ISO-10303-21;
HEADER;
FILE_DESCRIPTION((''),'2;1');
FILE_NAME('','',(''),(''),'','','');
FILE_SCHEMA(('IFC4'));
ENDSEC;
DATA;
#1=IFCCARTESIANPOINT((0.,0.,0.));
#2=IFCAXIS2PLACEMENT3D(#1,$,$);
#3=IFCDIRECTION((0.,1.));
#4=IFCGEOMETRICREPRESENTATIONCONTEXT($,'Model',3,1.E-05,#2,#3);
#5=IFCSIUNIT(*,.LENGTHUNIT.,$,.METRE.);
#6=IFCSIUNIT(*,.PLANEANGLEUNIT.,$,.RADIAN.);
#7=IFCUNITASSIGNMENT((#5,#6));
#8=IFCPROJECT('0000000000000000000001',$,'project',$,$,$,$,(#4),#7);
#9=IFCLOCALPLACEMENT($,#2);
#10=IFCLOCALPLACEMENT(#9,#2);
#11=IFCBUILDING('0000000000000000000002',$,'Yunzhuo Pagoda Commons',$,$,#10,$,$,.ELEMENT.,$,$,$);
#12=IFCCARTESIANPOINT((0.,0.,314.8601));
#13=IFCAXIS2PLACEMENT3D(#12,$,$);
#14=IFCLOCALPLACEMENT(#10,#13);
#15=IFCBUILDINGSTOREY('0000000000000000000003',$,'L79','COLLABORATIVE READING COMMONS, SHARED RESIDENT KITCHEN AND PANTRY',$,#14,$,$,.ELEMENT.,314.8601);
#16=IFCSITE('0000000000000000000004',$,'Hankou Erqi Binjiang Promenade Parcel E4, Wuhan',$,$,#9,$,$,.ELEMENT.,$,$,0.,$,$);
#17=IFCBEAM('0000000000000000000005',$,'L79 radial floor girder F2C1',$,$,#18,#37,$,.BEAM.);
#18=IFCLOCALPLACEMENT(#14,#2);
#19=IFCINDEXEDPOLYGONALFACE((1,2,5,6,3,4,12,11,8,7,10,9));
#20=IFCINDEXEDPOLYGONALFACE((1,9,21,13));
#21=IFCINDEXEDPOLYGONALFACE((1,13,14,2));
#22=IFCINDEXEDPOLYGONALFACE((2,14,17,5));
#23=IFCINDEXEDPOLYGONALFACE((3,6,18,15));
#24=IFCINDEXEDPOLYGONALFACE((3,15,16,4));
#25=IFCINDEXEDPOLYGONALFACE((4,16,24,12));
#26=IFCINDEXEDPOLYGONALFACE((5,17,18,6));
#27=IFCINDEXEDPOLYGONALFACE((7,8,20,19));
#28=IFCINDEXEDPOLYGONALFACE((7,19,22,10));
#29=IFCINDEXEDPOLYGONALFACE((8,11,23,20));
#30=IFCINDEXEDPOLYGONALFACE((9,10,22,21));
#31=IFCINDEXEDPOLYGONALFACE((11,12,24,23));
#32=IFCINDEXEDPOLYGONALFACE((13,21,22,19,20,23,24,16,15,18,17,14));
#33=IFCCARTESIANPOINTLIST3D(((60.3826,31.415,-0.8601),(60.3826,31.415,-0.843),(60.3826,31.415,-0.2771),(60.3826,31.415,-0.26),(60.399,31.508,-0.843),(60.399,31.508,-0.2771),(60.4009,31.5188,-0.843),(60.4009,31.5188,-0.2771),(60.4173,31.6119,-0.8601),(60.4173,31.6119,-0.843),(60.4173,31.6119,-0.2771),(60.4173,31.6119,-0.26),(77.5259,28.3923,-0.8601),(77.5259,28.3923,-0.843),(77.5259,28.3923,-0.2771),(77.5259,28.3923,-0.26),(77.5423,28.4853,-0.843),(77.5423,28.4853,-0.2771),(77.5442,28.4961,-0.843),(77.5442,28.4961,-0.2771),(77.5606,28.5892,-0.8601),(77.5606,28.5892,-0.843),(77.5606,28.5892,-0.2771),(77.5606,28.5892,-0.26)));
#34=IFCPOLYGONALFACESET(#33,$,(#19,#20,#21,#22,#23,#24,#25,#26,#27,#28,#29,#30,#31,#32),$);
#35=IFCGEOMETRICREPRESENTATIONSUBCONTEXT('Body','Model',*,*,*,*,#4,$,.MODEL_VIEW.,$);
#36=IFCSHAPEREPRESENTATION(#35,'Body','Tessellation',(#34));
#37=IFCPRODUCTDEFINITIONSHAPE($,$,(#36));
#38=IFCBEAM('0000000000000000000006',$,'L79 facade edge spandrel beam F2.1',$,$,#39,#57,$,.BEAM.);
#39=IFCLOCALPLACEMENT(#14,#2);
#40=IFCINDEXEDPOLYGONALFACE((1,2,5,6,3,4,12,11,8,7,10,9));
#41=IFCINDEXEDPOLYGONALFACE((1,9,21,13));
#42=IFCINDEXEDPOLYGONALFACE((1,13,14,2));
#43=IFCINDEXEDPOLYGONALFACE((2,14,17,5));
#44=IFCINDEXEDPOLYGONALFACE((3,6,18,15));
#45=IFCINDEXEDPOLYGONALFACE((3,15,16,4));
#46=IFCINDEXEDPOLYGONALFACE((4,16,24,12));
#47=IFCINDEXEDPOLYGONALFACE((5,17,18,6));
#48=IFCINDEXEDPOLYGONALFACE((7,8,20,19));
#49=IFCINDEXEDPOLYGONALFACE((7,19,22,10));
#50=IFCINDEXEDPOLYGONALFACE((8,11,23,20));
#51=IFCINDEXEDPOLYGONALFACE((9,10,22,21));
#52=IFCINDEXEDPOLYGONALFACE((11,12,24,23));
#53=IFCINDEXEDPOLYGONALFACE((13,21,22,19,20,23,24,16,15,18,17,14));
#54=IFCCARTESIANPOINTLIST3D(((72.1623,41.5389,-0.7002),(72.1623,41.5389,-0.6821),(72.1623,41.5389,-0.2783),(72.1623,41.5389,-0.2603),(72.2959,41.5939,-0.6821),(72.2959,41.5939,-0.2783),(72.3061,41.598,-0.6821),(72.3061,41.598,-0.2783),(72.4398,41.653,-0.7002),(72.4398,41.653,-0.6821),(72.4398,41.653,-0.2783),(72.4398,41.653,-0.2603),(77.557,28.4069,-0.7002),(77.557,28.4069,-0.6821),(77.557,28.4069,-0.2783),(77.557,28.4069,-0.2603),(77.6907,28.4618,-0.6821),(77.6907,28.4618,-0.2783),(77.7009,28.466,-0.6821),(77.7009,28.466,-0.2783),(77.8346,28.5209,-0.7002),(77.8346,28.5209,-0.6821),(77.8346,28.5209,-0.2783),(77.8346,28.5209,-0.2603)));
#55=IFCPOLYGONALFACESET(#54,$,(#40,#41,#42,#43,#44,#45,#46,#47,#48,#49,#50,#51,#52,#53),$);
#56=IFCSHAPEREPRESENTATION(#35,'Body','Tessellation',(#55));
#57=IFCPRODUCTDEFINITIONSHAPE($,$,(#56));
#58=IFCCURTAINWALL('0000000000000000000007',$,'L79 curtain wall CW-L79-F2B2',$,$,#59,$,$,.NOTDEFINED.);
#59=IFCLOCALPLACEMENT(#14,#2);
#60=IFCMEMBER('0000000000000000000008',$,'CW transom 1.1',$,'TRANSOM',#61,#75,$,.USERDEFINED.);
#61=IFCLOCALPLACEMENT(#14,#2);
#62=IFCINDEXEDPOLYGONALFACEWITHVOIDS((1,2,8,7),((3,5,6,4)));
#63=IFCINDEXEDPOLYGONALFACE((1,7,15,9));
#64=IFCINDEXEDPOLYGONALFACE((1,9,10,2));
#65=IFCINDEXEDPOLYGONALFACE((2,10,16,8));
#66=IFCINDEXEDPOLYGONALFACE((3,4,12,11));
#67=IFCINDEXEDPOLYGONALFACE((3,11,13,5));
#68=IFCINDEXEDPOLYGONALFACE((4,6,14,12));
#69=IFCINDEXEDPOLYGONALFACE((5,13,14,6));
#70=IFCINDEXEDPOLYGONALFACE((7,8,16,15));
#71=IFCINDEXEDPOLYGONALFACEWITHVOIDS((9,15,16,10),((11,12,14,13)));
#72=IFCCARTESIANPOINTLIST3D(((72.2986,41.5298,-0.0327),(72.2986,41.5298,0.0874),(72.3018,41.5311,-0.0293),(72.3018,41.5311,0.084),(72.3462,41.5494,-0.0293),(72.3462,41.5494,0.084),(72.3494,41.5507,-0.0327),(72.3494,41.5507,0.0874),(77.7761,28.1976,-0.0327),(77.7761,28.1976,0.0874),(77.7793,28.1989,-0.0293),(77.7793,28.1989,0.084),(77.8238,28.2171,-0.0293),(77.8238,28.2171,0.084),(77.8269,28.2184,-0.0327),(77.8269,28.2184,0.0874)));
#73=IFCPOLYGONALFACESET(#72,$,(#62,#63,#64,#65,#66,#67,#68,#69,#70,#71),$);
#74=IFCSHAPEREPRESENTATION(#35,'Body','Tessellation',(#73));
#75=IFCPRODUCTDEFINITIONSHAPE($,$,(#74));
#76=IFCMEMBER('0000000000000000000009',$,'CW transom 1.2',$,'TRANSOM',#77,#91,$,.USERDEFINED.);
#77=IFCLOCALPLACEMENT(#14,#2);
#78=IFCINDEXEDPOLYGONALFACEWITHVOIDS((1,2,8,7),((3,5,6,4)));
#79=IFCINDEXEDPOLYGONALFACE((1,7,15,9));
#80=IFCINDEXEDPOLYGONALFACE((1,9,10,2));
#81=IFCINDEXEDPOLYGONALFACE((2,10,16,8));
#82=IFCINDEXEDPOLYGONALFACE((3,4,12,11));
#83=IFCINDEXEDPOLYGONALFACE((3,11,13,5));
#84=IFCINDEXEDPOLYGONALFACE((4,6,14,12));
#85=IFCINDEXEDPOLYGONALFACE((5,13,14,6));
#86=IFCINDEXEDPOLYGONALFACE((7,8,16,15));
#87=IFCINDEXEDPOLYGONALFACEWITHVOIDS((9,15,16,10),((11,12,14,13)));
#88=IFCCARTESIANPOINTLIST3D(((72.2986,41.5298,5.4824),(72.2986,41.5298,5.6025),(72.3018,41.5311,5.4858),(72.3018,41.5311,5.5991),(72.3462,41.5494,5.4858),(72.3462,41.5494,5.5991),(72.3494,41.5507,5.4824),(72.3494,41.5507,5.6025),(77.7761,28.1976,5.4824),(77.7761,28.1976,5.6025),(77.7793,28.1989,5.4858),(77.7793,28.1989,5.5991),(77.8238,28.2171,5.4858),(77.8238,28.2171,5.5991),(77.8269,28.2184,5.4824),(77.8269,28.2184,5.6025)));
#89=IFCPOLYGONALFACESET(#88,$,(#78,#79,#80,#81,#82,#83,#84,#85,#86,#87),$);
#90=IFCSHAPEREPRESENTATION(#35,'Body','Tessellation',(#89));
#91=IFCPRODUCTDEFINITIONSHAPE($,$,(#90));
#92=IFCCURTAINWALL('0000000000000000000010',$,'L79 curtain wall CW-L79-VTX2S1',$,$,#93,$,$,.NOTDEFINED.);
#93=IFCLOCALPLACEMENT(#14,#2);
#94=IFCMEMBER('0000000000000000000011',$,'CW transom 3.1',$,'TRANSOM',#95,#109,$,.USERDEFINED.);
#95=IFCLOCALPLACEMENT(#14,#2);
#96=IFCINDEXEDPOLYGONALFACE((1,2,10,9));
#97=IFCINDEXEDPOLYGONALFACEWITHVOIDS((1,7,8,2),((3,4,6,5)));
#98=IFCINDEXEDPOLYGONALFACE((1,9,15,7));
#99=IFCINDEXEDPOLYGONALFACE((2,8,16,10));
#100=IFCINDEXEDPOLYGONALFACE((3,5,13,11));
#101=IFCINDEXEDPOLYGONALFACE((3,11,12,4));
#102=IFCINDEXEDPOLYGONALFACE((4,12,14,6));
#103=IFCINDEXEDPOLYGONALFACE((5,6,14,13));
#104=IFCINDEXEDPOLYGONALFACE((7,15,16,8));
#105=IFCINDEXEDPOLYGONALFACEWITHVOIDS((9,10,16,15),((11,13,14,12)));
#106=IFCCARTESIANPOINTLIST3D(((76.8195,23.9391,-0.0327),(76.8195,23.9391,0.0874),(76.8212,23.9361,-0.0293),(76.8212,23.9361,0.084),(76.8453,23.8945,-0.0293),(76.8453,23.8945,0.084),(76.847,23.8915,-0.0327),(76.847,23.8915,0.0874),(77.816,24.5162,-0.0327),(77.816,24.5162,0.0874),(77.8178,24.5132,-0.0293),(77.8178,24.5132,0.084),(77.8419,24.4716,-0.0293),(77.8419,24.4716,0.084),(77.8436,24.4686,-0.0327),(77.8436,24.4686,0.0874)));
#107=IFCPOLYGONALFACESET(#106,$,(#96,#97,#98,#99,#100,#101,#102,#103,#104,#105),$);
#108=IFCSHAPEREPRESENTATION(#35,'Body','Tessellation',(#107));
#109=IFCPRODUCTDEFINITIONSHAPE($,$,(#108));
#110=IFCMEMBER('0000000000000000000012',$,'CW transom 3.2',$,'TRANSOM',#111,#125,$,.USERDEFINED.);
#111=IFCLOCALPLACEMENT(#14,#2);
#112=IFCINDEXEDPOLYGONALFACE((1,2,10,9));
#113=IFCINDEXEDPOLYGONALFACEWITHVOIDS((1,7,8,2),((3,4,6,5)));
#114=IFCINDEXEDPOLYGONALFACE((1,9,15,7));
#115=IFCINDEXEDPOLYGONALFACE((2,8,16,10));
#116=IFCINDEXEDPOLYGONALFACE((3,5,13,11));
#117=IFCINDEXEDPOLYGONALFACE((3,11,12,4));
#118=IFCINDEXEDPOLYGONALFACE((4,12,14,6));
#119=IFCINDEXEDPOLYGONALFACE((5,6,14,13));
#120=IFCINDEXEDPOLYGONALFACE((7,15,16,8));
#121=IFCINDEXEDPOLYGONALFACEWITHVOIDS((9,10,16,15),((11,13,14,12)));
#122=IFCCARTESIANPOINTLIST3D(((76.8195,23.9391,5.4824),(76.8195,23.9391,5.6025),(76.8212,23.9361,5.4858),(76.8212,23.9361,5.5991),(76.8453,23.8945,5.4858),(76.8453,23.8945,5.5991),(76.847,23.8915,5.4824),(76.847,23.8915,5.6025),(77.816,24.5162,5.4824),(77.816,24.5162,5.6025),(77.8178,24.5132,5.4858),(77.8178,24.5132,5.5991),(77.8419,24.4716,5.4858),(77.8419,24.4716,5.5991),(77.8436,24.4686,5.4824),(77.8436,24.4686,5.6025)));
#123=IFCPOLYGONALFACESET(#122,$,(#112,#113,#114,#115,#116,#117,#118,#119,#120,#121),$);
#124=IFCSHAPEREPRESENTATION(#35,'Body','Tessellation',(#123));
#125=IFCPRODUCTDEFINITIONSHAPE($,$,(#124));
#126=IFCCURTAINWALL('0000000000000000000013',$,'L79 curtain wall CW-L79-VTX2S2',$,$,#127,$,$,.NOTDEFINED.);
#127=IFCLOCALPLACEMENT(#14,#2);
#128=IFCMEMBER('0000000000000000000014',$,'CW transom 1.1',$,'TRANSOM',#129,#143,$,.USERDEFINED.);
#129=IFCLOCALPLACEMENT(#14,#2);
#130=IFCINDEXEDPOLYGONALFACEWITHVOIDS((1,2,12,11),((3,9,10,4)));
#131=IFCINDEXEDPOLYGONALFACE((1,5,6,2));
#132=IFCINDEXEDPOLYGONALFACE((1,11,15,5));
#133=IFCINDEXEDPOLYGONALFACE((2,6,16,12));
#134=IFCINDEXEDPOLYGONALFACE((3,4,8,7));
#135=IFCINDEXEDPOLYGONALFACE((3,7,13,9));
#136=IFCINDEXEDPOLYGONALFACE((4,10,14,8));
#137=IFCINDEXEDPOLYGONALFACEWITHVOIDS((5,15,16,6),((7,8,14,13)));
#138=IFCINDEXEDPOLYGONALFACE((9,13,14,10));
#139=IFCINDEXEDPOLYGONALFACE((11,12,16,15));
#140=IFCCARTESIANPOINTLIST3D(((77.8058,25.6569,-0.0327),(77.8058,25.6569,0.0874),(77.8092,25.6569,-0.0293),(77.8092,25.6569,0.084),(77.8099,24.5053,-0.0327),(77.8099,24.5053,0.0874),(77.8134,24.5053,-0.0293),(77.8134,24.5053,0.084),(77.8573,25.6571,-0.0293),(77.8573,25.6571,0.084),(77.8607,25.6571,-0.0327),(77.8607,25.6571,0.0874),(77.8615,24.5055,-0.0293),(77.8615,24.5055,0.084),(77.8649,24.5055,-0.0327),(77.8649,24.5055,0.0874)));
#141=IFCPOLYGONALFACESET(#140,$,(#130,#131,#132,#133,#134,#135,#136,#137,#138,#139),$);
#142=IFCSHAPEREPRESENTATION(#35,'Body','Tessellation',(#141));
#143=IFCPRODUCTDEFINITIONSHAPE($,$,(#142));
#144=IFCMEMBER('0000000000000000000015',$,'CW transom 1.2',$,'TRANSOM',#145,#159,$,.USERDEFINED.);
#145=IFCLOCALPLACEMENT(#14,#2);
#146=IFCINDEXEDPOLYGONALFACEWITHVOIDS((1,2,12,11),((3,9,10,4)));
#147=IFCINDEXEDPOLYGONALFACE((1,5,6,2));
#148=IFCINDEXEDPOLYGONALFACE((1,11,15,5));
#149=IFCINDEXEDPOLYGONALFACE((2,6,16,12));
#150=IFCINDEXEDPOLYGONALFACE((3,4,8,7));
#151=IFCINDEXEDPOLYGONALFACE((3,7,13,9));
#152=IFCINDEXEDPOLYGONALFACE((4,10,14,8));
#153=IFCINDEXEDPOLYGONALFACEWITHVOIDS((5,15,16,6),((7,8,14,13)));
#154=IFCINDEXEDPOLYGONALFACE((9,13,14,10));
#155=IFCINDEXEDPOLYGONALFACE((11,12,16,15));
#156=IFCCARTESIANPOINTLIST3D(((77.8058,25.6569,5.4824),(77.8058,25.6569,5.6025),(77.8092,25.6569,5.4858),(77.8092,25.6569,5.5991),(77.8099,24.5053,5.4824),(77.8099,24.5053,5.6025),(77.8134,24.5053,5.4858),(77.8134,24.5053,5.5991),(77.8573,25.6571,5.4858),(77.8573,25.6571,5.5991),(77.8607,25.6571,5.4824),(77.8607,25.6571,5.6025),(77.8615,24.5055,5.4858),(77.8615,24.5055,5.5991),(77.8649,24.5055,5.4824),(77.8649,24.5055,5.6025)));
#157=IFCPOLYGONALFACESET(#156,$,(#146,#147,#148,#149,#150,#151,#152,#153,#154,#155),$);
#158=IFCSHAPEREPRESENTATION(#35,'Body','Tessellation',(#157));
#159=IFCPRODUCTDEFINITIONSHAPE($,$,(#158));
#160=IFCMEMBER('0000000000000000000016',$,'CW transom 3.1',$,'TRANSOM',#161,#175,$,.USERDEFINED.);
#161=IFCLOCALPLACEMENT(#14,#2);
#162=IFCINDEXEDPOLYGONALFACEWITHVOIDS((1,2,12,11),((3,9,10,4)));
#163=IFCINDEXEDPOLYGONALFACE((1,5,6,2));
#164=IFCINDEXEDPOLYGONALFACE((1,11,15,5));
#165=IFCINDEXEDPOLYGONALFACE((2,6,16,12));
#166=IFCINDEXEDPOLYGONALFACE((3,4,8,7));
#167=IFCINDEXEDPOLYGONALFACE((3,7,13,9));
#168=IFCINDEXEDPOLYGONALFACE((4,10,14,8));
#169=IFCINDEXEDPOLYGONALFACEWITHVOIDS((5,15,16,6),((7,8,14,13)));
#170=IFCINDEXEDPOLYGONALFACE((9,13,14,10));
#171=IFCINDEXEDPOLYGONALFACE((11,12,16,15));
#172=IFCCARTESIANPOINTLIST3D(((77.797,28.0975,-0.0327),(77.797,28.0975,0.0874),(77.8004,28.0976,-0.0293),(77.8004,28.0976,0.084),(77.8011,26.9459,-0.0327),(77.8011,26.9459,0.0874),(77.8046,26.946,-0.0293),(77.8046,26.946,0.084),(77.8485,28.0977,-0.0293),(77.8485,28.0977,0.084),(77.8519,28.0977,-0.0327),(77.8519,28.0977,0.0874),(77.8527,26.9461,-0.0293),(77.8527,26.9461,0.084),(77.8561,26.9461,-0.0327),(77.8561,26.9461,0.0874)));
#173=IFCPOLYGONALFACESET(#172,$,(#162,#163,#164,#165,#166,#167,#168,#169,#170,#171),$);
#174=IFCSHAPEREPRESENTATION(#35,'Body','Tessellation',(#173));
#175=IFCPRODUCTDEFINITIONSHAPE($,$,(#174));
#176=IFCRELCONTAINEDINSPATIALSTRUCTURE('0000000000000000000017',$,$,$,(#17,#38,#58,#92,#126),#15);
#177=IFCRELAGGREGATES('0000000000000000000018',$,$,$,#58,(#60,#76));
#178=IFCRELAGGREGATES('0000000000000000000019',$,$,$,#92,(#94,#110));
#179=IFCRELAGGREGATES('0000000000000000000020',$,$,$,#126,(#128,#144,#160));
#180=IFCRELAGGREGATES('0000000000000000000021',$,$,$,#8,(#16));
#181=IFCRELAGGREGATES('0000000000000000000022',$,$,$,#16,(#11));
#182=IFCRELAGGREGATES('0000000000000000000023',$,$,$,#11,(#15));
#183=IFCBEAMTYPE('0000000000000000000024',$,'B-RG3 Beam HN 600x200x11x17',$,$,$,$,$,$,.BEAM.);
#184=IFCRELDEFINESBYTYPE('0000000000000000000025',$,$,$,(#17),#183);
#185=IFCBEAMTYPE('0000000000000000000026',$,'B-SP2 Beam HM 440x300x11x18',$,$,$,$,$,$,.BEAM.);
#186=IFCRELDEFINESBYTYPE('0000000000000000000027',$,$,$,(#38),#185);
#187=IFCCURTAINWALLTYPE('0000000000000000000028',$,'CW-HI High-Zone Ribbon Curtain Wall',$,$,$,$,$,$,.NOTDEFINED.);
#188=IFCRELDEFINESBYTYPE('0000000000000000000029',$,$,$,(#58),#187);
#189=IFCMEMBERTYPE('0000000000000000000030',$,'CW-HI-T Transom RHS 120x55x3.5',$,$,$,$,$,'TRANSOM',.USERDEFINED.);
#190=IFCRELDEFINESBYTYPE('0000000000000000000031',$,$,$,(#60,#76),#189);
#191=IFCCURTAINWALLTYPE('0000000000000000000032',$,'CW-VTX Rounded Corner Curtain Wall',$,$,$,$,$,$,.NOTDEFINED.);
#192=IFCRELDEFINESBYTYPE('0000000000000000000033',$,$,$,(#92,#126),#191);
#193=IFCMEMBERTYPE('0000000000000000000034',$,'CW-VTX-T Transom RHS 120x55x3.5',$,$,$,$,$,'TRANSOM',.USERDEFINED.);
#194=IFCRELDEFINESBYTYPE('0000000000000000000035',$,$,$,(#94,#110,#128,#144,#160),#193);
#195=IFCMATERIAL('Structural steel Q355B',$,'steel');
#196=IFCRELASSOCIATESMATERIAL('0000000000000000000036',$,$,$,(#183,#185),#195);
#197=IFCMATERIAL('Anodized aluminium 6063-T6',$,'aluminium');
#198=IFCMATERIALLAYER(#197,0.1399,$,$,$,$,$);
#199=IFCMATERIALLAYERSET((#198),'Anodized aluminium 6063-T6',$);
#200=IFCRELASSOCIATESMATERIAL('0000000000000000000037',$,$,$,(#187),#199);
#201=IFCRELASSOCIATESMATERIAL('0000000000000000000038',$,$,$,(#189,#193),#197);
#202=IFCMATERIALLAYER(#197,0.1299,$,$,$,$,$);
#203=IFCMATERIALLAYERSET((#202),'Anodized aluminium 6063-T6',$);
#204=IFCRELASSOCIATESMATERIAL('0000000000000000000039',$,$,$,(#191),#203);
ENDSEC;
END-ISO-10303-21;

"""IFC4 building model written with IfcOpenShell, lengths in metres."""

from ifc_helpers import new_model, si_unit, direction, frame, origin, origin_2d, place, context, subcontext, project, spatial, hollow_rectangle, i_section, extrude, source, transform, mapped, material, layer, layer_set, material_profile, profile_set, type_object, element, aggregate, save


model = new_model("IFC4")

# Units and contexts
model_context = context("Model", 3, precision=1e-05, world=origin(), true_north=direction((0.0, 1.0)))
body_context = subcontext(model_context, "Body", "Model", "MODEL_VIEW")
ifc_project = project(units=[si_unit("LENGTHUNIT", "METRE"), si_unit("PLANEANGLEUNIT", "RADIAN")], contexts=[model_context])

# Site, building, storey
site_placement = place(None, origin())
site = spatial("IfcSite", under=ifc_project, at=site_placement, Name="Hankou Erqi Binjiang Promenade Parcel E4, Wuhan", CompositionType="ELEMENT", RefElevation=0.0)
building_placement = place(site_placement, origin())
building = spatial("IfcBuilding", under=site, at=building_placement, Name="Yunzhuo Pagoda Commons", CompositionType="ELEMENT")
storey_placement = place(building_placement, frame((0.0, 0.0, 314.8601)))
storey = spatial("IfcBuildingStorey", under=building, at=storey_placement, Name="L79", Description="COLLABORATIVE READING COMMONS, SHARED RESIDENT KITCHEN AND PANTRY", CompositionType="ELEMENT", Elevation=314.8601)

# Beams
ifc_material_1 = material(Name="Structural steel Q355B", Category="steel")
ifc_material_profile_1 = material_profile(ifc_material_1, i_section(OverallWidth=0.2, OverallDepth=0.6001, WebThickness=0.011, FlangeThickness=0.0171, at=origin_2d()), Name="Structural steel Q355B")
ifc_profile_set_1 = profile_set([ifc_material_profile_1], Name="Structural steel Q355B")
beam_type_1 = type_object("IfcBeamType", Name="B-RG3 Beam HN 600x200x11x17", PredefinedType="BEAM", material=ifc_profile_set_1)
shared_shape_1 = source(origin(), body_context, "Body", "SweptSolid", [
    extrude(i_section(OverallWidth=0.2, OverallDepth=0.6001, WebThickness=0.011, FlangeThickness=0.0171, at=origin_2d()), origin(), (0.0, 0.0, 1.0), 17.4077),
])
beam_1_placement = place(storey_placement, frame((77.5432, 28.4907, -0.5601), z_axis=(-0.984809, 0.173641, 0.0), x_axis=(-0.173641, -0.984809, 0.0)))
element("IfcBeam", 1, at=beam_1_placement, inside=storey, type_object=beam_type_1, Name="L79 radial floor girder F2C1", PredefinedType="BEAM", context=body_context, shape_type="MappedRepresentation", body=[
    mapped(shared_shape_1, transform((0.0, 0.0, 0.0), scale=1.0)),
])
ifc_material_profile_2 = material_profile(ifc_material_1, i_section(OverallWidth=0.3, OverallDepth=0.4399, WebThickness=0.011, FlangeThickness=0.0181, at=origin_2d()), Name="Structural steel Q355B")
ifc_profile_set_2 = profile_set([ifc_material_profile_2], Name="Structural steel Q355B")
beam_type_2 = type_object("IfcBeamType", Name="B-SP2 Beam HM 440x300x11x18", PredefinedType="BEAM", material=ifc_profile_set_2)
shared_shape_2 = source(origin(), body_context, "Body", "SweptSolid", [
    extrude(i_section(OverallWidth=0.3, OverallDepth=0.4399, WebThickness=0.011, FlangeThickness=0.0181, at=origin_2d()), origin(), (0.0, 0.0, 1.0), 14.197),
])
beam_2_placement = place(storey_placement, frame((77.6958, 28.4639, -0.4802), z_axis=(-0.379994, 0.924989, 0.0), x_axis=(-0.924989, -0.379994, 0.0)))
element("IfcBeam", 2, at=beam_2_placement, inside=storey, type_object=beam_type_2, Name="L79 facade edge spandrel beam F2.1", PredefinedType="BEAM", context=body_context, shape_type="MappedRepresentation", body=[
    mapped(shared_shape_2, transform((0.0, 0.0, 0.0), scale=1.0)),
])

# Curtain walls, members
ifc_material_2 = material(Name="Anodized aluminium 6063-T6", Category="aluminium")
ifc_layer_1 = layer(ifc_material_2, 0.1399)
ifc_layer_set_1 = layer_set([ifc_layer_1], Name="Anodized aluminium 6063-T6")
curtain_wall_type_1 = type_object("IfcCurtainWallType", Name="CW-HI High-Zone Ribbon Curtain Wall", PredefinedType="NOTDEFINED", material=ifc_layer_set_1)
curtain_wall_1_placement = place(storey_placement, origin())
curtain_wall_1 = element("IfcCurtainWall", 3, at=curtain_wall_1_placement, inside=storey, type_object=curtain_wall_type_1, Name="L79 curtain wall CW-L79-F2B2", PredefinedType="NOTDEFINED")
ifc_material_profile_3 = material_profile(ifc_material_2, hollow_rectangle(XDim=0.0549, YDim=0.1201, WallThickness=0.0034, at=origin_2d()), Name="Anodized aluminium 6063-T6")
ifc_profile_set_3 = profile_set([ifc_material_profile_3], Name="Anodized aluminium 6063-T6")
member_type_1 = type_object("IfcMemberType", Name="CW-HI-T Transom RHS 120x55x3.5", ElementType="TRANSOM", PredefinedType="USERDEFINED", material=ifc_profile_set_3)
shared_shape_3 = source(origin(), body_context, "Body", "SweptSolid", [
    extrude(hollow_rectangle(XDim=0.0549, YDim=0.1201, WallThickness=0.0034, at=origin_2d()), origin(), (0.0, 0.0, 1.0), 14.4136),
])
member_1_placement = place(storey_placement, frame((77.8015, 28.208, 0.0273), z_axis=(-0.380025, 0.924976, 0.0), x_axis=(-0.924976, -0.380025, 0.0)))
member_1 = element("IfcMember", 4, at=member_1_placement, type_object=member_type_1, Name="CW transom 1.1", ObjectType="TRANSOM", PredefinedType="USERDEFINED", context=body_context, shape_type="MappedRepresentation", body=[
    mapped(shared_shape_3, transform((0.0, 0.0, 0.0), scale=1.0)),
])
member_2_placement = place(storey_placement, frame((77.8015, 28.208, 5.5425), z_axis=(-0.380025, 0.924976, 0.0), x_axis=(-0.924976, -0.380025, 0.0)))
member_2 = element("IfcMember", 5, at=member_2_placement, type_object=member_type_1, Name="CW transom 1.2", ObjectType="TRANSOM", PredefinedType="USERDEFINED", context=body_context, shape_type="MappedRepresentation", body=[
    mapped(shared_shape_3, transform((0.0, 0.0, 0.0), scale=1.0)),
])
ifc_layer_2 = layer(ifc_material_2, 0.1299)
ifc_layer_set_2 = layer_set([ifc_layer_2], Name="Anodized aluminium 6063-T6")
curtain_wall_type_2 = type_object("IfcCurtainWallType", Name="CW-VTX Rounded Corner Curtain Wall", PredefinedType="NOTDEFINED", material=ifc_layer_set_2)
curtain_wall_2_placement = place(storey_placement, origin())
curtain_wall_2 = element("IfcCurtainWall", 6, at=curtain_wall_2_placement, inside=storey, type_object=curtain_wall_type_2, Name="L79 curtain wall CW-L79-VTX2S1", PredefinedType="NOTDEFINED")
ifc_material_profile_4 = material_profile(ifc_material_2, hollow_rectangle(XDim=0.0549, YDim=0.1201, WallThickness=0.0034, at=origin_2d()), Name="Anodized aluminium 6063-T6")
ifc_profile_set_4 = profile_set([ifc_material_profile_4], Name="Anodized aluminium 6063-T6")
member_type_2 = type_object("IfcMemberType", Name="CW-VTX-T Transom RHS 120x55x3.5", ElementType="TRANSOM", PredefinedType="USERDEFINED", material=ifc_profile_set_4)
shared_shape_4 = source(origin(), body_context, "Body", "SweptSolid", [
    extrude(hollow_rectangle(XDim=0.0549, YDim=0.1201, WallThickness=0.0034, at=origin_2d()), origin(), (0.0, 0.0, 1.0), 1.1516),
])
member_3_placement = place(storey_placement, frame((76.8333, 23.9153, 0.0273), z_axis=(0.865359, 0.501153, 0.0), x_axis=(-0.501153, 0.865359, 0.0)))
member_3 = element("IfcMember", 7, at=member_3_placement, type_object=member_type_2, Name="CW transom 3.1", ObjectType="TRANSOM", PredefinedType="USERDEFINED", context=body_context, shape_type="MappedRepresentation", body=[
    mapped(shared_shape_4, transform((0.0, 0.0, 0.0), scale=1.0)),
])
member_4_placement = place(storey_placement, frame((76.8333, 23.9153, 5.5425), z_axis=(0.865359, 0.501153, 0.0), x_axis=(-0.501153, 0.865359, 0.0)))
member_4 = element("IfcMember", 8, at=member_4_placement, type_object=member_type_2, Name="CW transom 3.2", ObjectType="TRANSOM", PredefinedType="USERDEFINED", context=body_context, shape_type="MappedRepresentation", body=[
    mapped(shared_shape_4, transform((0.0, 0.0, 0.0), scale=1.0)),
])
curtain_wall_3_placement = place(storey_placement, origin())
curtain_wall_3 = element("IfcCurtainWall", 9, at=curtain_wall_3_placement, inside=storey, type_object=curtain_wall_type_2, Name="L79 curtain wall CW-L79-VTX2S2", PredefinedType="NOTDEFINED")
member_5_placement = place(storey_placement, frame((77.8374, 24.5054, 0.0273), z_axis=(-0.003604, 0.999994, 0.0), x_axis=(-0.999994, -0.003604, 0.0)))
member_5 = element("IfcMember", 10, at=member_5_placement, type_object=member_type_2, Name="CW transom 1.1", ObjectType="TRANSOM", PredefinedType="USERDEFINED", context=body_context, shape_type="MappedRepresentation", body=[
    mapped(shared_shape_4, transform((0.0, 0.0, 0.0), scale=1.0)),
])
member_6_placement = place(storey_placement, frame((77.8374, 24.5054, 5.5425), z_axis=(-0.003604, 0.999994, 0.0), x_axis=(-0.999994, -0.003604, 0.0)))
member_6 = element("IfcMember", 11, at=member_6_placement, type_object=member_type_2, Name="CW transom 1.2", ObjectType="TRANSOM", PredefinedType="USERDEFINED", context=body_context, shape_type="MappedRepresentation", body=[
    mapped(shared_shape_4, transform((0.0, 0.0, 0.0), scale=1.0)),
])
member_7_placement = place(storey_placement, frame((77.8286, 26.946, 0.0273), z_axis=(-0.003604, 0.999994, 0.0), x_axis=(-0.999994, -0.003604, 0.0)))
member_7 = element("IfcMember", 12, at=member_7_placement, type_object=member_type_2, Name="CW transom 3.1", ObjectType="TRANSOM", PredefinedType="USERDEFINED", context=body_context, shape_type="MappedRepresentation", body=[
    mapped(shared_shape_4, transform((0.0, 0.0, 0.0), scale=1.0)),
])

aggregate(curtain_wall_1, [member_1, member_2])
aggregate(curtain_wall_2, [member_3, member_4])
aggregate(curtain_wall_3, [member_5, member_6, member_7])

save(model, "model.ifc")
